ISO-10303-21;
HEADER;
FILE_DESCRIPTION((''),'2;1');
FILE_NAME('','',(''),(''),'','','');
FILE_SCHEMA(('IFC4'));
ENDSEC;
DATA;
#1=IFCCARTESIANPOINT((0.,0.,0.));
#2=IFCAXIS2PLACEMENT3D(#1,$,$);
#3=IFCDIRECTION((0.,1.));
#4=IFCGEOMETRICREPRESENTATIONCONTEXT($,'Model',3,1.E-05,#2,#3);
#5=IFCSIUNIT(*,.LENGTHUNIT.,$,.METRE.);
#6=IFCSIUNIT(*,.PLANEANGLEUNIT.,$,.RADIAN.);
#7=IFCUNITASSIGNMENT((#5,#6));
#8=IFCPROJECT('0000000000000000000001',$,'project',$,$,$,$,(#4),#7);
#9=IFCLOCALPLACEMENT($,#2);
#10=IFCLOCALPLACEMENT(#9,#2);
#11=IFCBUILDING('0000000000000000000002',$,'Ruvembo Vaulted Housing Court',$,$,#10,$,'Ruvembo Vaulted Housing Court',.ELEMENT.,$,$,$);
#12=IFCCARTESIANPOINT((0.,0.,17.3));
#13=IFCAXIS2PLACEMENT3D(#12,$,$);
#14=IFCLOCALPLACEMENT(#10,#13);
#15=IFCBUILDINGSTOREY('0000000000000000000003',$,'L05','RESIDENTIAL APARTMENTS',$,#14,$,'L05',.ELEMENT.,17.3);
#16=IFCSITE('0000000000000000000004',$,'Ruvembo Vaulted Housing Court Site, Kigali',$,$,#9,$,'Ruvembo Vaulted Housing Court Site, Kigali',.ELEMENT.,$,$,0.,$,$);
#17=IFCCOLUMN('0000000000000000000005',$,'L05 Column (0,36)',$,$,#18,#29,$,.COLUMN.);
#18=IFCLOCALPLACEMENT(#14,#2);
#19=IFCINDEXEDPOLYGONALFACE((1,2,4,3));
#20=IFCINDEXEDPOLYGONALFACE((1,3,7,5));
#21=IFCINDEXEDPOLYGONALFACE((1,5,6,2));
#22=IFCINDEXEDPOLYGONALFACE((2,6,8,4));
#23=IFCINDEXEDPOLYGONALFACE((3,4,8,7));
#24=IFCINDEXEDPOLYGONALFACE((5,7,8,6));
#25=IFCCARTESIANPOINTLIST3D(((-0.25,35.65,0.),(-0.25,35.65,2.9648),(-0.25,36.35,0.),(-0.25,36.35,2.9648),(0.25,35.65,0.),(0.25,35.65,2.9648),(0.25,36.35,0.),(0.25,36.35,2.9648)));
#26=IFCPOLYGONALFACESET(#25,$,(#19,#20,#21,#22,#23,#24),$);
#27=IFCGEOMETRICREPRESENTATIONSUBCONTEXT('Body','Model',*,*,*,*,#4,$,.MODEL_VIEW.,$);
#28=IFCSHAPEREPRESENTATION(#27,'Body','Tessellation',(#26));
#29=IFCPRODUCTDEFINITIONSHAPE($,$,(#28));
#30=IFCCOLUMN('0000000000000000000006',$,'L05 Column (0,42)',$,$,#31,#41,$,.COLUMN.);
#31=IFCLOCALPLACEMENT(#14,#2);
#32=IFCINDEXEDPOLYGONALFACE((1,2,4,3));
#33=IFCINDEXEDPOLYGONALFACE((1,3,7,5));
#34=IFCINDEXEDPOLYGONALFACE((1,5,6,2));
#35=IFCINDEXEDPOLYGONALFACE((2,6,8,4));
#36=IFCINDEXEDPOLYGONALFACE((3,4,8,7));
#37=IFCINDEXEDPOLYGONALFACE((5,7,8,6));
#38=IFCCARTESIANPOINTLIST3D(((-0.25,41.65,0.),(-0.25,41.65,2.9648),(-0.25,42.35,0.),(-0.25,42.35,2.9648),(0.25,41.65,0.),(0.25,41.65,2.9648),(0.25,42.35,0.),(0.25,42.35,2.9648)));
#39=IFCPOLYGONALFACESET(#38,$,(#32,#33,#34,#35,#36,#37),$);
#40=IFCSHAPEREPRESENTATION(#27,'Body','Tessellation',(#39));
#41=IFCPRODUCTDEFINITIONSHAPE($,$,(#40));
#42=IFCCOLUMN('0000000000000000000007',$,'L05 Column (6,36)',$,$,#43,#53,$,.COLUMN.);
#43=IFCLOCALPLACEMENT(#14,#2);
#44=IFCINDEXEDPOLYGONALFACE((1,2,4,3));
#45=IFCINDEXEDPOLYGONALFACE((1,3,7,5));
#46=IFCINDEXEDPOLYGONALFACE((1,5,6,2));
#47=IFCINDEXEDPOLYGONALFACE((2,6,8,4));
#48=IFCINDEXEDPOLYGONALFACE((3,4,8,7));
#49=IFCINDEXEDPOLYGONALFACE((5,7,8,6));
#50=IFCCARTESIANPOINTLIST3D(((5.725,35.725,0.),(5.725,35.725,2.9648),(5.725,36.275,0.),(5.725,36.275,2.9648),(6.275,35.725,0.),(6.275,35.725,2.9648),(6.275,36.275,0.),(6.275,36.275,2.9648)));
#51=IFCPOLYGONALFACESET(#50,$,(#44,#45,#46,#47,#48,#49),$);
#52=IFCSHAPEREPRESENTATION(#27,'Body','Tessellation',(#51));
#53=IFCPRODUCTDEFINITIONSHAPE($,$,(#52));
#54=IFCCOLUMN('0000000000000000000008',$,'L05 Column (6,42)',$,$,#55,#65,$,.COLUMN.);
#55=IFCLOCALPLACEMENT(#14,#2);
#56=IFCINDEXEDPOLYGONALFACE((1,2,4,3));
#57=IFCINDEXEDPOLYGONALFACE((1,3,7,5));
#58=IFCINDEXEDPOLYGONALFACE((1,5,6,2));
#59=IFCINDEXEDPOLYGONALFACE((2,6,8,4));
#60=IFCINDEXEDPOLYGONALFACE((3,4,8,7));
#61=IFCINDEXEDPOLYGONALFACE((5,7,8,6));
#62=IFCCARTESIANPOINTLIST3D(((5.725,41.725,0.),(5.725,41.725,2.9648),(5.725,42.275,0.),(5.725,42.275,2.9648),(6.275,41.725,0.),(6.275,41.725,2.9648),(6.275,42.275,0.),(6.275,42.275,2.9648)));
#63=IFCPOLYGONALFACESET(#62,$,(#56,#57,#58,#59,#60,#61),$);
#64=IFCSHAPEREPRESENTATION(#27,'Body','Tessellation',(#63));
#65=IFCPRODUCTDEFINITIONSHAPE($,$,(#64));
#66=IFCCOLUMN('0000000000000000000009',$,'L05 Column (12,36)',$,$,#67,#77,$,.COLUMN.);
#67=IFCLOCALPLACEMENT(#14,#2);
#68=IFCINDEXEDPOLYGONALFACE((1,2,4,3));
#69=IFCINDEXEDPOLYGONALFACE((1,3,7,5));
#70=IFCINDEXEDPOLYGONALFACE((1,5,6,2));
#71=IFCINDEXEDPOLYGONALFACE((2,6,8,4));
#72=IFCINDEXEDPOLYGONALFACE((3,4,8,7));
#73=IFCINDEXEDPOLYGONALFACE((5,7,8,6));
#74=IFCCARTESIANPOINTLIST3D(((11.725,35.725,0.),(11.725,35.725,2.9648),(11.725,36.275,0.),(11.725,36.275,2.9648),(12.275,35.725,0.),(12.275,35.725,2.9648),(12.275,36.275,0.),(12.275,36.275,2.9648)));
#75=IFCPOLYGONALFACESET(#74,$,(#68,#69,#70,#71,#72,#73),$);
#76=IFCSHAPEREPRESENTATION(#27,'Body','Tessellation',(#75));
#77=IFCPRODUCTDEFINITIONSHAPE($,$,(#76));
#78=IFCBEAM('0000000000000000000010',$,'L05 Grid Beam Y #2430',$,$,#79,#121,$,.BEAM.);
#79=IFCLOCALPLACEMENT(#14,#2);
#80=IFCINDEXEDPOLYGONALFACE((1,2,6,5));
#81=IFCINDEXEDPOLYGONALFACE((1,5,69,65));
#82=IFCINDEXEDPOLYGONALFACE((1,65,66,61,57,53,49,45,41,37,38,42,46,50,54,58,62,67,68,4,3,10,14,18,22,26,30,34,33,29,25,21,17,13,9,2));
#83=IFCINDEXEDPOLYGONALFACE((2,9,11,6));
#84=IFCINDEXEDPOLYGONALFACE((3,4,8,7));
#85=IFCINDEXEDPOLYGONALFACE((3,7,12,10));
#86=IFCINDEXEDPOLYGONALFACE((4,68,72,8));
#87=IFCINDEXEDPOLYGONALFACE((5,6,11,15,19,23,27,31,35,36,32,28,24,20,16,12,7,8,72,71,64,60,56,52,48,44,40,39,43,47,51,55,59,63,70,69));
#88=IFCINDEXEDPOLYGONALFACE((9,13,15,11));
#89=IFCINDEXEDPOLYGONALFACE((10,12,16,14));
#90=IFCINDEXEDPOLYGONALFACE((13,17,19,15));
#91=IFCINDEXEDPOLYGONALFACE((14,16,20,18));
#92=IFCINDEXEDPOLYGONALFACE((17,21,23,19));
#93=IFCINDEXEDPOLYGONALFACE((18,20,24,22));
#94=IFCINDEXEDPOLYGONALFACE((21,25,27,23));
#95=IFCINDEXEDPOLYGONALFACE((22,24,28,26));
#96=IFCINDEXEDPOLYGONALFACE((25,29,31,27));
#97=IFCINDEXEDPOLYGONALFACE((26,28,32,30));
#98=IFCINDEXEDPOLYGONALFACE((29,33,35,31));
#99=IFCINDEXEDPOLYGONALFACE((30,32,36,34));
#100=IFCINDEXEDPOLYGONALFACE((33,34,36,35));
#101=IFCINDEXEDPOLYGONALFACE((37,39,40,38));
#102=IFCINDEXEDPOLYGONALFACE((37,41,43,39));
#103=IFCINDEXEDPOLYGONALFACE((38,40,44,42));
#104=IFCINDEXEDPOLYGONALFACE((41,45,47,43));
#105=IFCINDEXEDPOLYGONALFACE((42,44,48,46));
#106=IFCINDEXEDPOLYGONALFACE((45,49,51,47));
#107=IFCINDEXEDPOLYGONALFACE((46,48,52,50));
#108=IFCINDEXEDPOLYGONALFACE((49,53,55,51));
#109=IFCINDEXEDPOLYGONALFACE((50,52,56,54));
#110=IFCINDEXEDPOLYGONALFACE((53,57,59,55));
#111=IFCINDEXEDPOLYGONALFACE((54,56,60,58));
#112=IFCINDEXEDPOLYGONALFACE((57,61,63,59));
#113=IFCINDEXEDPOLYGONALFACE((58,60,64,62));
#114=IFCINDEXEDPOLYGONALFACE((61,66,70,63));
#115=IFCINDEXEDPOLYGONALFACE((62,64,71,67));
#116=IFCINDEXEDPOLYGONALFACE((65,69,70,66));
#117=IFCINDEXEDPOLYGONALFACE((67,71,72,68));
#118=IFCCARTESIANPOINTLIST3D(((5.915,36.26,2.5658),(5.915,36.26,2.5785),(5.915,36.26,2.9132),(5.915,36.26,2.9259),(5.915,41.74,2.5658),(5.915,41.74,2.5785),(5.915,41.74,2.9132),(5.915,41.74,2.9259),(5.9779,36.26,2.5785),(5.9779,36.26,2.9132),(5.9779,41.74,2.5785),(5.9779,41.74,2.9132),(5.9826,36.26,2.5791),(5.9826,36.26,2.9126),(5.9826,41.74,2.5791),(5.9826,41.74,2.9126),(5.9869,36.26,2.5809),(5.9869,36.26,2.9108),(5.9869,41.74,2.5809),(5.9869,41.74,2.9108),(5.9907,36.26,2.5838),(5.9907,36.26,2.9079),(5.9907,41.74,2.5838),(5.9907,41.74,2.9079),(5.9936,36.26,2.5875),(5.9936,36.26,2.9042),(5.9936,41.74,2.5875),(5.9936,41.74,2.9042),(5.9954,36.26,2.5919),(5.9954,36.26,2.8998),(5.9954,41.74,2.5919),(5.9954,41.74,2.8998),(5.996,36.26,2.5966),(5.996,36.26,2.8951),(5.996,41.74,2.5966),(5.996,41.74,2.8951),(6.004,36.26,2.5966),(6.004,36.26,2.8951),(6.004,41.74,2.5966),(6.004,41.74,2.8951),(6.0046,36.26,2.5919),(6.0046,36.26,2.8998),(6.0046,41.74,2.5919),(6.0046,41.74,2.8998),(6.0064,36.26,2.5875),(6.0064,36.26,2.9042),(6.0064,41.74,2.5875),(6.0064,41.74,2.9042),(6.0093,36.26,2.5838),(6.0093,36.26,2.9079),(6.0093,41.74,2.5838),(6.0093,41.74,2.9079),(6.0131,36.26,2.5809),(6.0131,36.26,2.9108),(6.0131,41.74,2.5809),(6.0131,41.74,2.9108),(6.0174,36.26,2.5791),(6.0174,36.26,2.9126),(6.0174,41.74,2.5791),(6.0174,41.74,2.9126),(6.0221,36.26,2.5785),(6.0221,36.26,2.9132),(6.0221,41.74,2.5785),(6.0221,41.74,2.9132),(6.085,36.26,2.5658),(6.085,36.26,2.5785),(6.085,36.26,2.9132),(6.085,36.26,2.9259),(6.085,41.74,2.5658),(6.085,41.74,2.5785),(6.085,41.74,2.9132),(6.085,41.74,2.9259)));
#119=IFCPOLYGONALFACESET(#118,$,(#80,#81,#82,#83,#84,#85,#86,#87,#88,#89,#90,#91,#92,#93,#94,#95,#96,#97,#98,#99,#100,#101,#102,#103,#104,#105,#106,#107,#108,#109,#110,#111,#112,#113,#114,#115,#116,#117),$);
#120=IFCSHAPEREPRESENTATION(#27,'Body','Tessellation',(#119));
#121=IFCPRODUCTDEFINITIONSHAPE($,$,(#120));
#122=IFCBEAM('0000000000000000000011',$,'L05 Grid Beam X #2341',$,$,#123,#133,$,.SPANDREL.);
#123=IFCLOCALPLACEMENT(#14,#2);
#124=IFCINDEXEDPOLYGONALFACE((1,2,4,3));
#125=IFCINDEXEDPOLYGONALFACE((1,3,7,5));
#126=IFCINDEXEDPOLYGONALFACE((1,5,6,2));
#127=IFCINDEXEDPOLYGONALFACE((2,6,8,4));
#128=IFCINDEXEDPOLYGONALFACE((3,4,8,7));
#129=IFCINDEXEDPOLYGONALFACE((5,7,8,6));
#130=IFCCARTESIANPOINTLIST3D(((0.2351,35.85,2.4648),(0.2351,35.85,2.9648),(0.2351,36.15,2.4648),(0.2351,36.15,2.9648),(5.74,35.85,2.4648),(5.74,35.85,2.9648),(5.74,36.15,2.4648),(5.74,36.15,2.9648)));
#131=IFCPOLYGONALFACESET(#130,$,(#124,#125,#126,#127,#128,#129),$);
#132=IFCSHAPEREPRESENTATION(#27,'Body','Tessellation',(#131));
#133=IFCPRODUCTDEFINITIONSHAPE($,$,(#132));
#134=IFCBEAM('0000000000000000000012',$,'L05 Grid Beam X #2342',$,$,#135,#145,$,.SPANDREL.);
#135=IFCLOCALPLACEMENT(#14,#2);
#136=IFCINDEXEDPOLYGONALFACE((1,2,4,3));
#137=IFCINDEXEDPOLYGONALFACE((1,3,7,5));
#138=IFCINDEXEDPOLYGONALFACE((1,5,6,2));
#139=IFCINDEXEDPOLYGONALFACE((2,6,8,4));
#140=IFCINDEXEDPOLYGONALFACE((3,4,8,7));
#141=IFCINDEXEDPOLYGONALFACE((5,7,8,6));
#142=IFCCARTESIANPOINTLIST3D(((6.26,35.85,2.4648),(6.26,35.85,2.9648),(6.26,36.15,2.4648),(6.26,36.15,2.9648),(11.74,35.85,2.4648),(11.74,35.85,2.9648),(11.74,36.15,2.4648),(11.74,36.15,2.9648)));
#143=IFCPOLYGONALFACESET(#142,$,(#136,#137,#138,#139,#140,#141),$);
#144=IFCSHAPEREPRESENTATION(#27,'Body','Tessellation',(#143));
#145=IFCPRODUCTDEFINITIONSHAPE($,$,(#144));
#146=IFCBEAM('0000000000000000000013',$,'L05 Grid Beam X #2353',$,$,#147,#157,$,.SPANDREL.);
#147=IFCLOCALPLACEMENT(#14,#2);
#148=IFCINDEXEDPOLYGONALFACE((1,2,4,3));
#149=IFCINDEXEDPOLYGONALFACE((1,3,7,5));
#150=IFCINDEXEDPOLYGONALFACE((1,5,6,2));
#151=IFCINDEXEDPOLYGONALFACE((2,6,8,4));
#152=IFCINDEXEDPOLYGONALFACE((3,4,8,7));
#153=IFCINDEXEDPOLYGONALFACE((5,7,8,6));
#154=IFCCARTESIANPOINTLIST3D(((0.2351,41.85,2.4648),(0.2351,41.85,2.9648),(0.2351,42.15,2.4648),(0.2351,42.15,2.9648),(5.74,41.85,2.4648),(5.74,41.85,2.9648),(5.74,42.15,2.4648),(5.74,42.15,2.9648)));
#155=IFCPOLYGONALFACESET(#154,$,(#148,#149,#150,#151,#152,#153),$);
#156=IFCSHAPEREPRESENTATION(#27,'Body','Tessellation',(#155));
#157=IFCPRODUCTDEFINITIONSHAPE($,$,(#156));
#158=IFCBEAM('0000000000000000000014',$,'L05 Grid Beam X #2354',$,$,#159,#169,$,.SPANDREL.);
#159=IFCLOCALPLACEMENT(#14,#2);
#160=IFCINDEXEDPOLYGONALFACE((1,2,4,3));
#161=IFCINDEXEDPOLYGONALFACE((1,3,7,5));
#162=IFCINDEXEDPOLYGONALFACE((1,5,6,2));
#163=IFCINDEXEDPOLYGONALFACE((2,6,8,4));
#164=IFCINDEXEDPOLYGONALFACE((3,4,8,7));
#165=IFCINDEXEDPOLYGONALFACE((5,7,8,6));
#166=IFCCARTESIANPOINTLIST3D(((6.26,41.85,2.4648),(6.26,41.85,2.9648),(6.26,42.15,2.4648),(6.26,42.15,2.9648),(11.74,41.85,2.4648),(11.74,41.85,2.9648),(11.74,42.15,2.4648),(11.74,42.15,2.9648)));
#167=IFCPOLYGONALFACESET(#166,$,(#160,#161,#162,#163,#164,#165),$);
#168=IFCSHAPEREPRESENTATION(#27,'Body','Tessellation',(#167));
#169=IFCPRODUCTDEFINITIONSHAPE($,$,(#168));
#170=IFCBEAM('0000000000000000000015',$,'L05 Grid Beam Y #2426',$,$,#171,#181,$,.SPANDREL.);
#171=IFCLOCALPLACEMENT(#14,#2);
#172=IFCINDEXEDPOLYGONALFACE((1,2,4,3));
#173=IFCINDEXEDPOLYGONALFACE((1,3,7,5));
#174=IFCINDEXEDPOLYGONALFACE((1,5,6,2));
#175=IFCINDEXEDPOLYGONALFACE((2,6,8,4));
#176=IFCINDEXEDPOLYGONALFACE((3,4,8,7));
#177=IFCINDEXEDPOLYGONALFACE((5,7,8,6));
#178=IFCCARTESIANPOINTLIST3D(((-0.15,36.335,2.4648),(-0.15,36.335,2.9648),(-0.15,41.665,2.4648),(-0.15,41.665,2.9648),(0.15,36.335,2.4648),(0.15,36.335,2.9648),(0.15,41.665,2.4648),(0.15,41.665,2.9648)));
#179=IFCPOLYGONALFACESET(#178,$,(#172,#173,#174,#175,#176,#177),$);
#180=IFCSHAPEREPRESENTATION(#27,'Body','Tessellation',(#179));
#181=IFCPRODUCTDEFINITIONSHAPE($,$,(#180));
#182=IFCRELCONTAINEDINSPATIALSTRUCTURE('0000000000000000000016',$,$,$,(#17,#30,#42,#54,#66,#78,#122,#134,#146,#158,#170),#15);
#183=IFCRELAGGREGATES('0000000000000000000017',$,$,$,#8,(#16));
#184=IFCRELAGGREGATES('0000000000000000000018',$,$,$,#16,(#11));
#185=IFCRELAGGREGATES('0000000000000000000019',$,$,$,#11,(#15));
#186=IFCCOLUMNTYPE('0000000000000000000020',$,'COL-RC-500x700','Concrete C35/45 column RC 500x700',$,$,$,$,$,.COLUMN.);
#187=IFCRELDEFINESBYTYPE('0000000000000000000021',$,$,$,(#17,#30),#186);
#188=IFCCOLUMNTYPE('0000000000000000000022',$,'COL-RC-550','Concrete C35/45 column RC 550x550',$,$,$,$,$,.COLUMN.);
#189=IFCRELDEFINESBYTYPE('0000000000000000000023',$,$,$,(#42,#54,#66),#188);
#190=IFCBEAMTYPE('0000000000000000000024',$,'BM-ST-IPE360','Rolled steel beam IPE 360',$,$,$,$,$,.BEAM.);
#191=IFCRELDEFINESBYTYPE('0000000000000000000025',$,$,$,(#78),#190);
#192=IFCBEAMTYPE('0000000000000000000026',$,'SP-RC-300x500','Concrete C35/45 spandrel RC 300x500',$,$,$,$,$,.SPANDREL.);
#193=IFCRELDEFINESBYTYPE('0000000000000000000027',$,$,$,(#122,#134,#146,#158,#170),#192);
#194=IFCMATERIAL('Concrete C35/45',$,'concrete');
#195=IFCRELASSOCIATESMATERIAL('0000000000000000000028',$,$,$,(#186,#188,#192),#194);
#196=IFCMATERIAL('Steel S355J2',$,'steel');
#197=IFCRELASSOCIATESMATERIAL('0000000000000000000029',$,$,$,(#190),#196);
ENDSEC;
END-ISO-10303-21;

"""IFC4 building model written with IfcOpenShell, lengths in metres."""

from ifc_helpers import new_model, si_unit, direction, frame, origin, origin_2d, place, context, subcontext, project, spatial, rectangle, i_section, extrude, material, material_profile, profile_set, type_object, element, save


model = new_model("IFC4")

# Units and contexts
model_context = context("Model", 3, precision=1e-05, world=origin(), true_north=direction((0.0, 1.0)))
body_context = subcontext(model_context, "Body", "Model", "MODEL_VIEW")
ifc_project = project(units=[si_unit("LENGTHUNIT", "METRE"), si_unit("PLANEANGLEUNIT", "RADIAN")], contexts=[model_context])

# Site, building, storey
site_placement = place(None, origin())
site = spatial("IfcSite", under=ifc_project, at=site_placement, Name="Ruvembo Vaulted Housing Court Site, Kigali", LongName="Ruvembo Vaulted Housing Court Site, Kigali", CompositionType="ELEMENT", RefElevation=0.0)
building_placement = place(site_placement, origin())
building = spatial("IfcBuilding", under=site, at=building_placement, Name="Ruvembo Vaulted Housing Court", LongName="Ruvembo Vaulted Housing Court", CompositionType="ELEMENT")
storey_placement = place(building_placement, frame((0.0, 0.0, 17.3)))
storey = spatial("IfcBuildingStorey", under=building, at=storey_placement, Name="L05", Description="RESIDENTIAL APARTMENTS", LongName="L05", CompositionType="ELEMENT", Elevation=17.3)

# Columns
ifc_material_1 = material(Name="Concrete C35/45", Category="concrete")
ifc_material_profile_1 = material_profile(ifc_material_1, rectangle(XDim=0.5, YDim=0.7, at=origin_2d()), Name="RC 500x700")
ifc_profile_set_1 = profile_set([ifc_material_profile_1], Name="Concrete C35/45")
column_type_1 = type_object("IfcColumnType", Name="COL-RC-500x700", Description="Concrete C35/45 column RC 500x700", PredefinedType="COLUMN", material=ifc_profile_set_1)
for number, where, z_axis, x_axis, name in (
    (1, (0.0, 36.0, 0.0), (0.0, 0.0, 1.0), (1.0, 0.0, 0.0), "L05 Column (0,36)"),
    (2, (0.0, 42.0, 0.0), (0.0, 0.0, 1.0), (1.0, 0.0, 0.0), "L05 Column (0,42)"),
):
    element("IfcColumn", number, at=place(storey_placement, frame(where, z_axis=z_axis, x_axis=x_axis)), inside=storey, type_object=column_type_1, Name=name, PredefinedType="COLUMN", context=body_context, shape_type="SweptSolid", body=[
        extrude(rectangle(XDim=0.5, YDim=0.7, at=origin_2d()), origin(), (0.0, 0.0, 1.0), 2.9648),
    ])
ifc_material_profile_2 = material_profile(ifc_material_1, rectangle(XDim=0.55, YDim=0.55, at=origin_2d()), Name="RC 550x550")
ifc_profile_set_2 = profile_set([ifc_material_profile_2], Name="Concrete C35/45")
column_type_2 = type_object("IfcColumnType", Name="COL-RC-550", Description="Concrete C35/45 column RC 550x550", PredefinedType="COLUMN", material=ifc_profile_set_2)
for number, where, z_axis, x_axis, name in (
    (3, (6.0, 36.0, 0.0), (0.0, 0.0, 1.0), (1.0, 0.0, 0.0), "L05 Column (6,36)"),
    (4, (6.0, 42.0, 0.0), (0.0, 0.0, 1.0), (1.0, 0.0, 0.0), "L05 Column (6,42)"),
    (5, (12.0, 36.0, 0.0), (0.0, 0.0, 1.0), (1.0, 0.0, 0.0), "L05 Column (12,36)"),
):
    element("IfcColumn", number, at=place(storey_placement, frame(where, z_axis=z_axis, x_axis=x_axis)), inside=storey, type_object=column_type_2, Name=name, PredefinedType="COLUMN", context=body_context, shape_type="SweptSolid", body=[
        extrude(rectangle(XDim=0.55, YDim=0.55, at=origin_2d()), origin(), (0.0, 0.0, 1.0), 2.9648),
    ])

# Beams
ifc_material_2 = material(Name="Steel S355J2", Category="steel")
ifc_material_profile_3 = material_profile(ifc_material_2, i_section(OverallWidth=0.1699, OverallDepth=0.3601, WebThickness=0.0081, FlangeThickness=0.0127, FilletRadius=0.0181, at=origin_2d()), Name="IPE 360")
ifc_profile_set_3 = profile_set([ifc_material_profile_3], Name="Steel S355J2")
beam_type_1 = type_object("IfcBeamType", Name="BM-ST-IPE360", Description="Rolled steel beam IPE 360", PredefinedType="BEAM", material=ifc_profile_set_3)
beam_1_placement = place(storey_placement, frame((6.0, 36.26, 2.7458), z_axis=(0.0, 1.0, 0.0), x_axis=(-1.0, 0.0, 0.0)))
element("IfcBeam", 6, at=beam_1_placement, inside=storey, type_object=beam_type_1, Name="L05 Grid Beam Y #2430", PredefinedType="BEAM", context=body_context, shape_type="SweptSolid", body=[
    extrude(i_section(OverallWidth=0.1699, OverallDepth=0.3601, WebThickness=0.0081, FlangeThickness=0.0127, FilletRadius=0.0181, at=origin_2d()), origin(), (0.0, 0.0, 1.0), 5.48),
])
ifc_material_profile_4 = material_profile(ifc_material_1, rectangle(XDim=0.3, YDim=0.5, at=origin_2d()), Name="RC 300x500")
ifc_profile_set_4 = profile_set([ifc_material_profile_4], Name="Concrete C35/45")
beam_type_2 = type_object("IfcBeamType", Name="SP-RC-300x500", Description="Concrete C35/45 spandrel RC 300x500", PredefinedType="SPANDREL", material=ifc_profile_set_4)
beam_2_placement = place(storey_placement, frame((0.2351, 36.0, 2.7148), z_axis=(1.0, 0.0, 0.0), x_axis=(0.0, 1.0, 0.0)))
element("IfcBeam", 7, at=beam_2_placement, inside=storey, type_object=beam_type_2, Name="L05 Grid Beam X #2341", PredefinedType="SPANDREL", context=body_context, shape_type="SweptSolid", body=[
    extrude(rectangle(XDim=0.3, YDim=0.5, at=origin_2d()), origin(), (0.0, 0.0, 1.0), 5.5049),
])
beam_3_placement = place(storey_placement, frame((6.26, 36.0, 2.7148), z_axis=(1.0, 0.0, 0.0), x_axis=(0.0, 1.0, 0.0)))
element("IfcBeam", 8, at=beam_3_placement, inside=storey, type_object=beam_type_2, Name="L05 Grid Beam X #2342", PredefinedType="SPANDREL", context=body_context, shape_type="SweptSolid", body=[
    extrude(rectangle(XDim=0.3, YDim=0.5, at=origin_2d()), origin(), (0.0, 0.0, 1.0), 5.48),
])
beam_4_placement = place(storey_placement, frame((0.2351, 42.0, 2.7148), z_axis=(1.0, 0.0, 0.0), x_axis=(0.0, 1.0, 0.0)))
element("IfcBeam", 9, at=beam_4_placement, inside=storey, type_object=beam_type_2, Name="L05 Grid Beam X #2353", PredefinedType="SPANDREL", context=body_context, shape_type="SweptSolid", body=[
    extrude(rectangle(XDim=0.3, YDim=0.5, at=origin_2d()), origin(), (0.0, 0.0, 1.0), 5.5049),
])
beam_5_placement = place(storey_placement, frame((6.26, 42.0, 2.7148), z_axis=(1.0, 0.0, 0.0), x_axis=(0.0, 1.0, 0.0)))
element("IfcBeam", 10, at=beam_5_placement, inside=storey, type_object=beam_type_2, Name="L05 Grid Beam X #2354", PredefinedType="SPANDREL", context=body_context, shape_type="SweptSolid", body=[
    extrude(rectangle(XDim=0.3, YDim=0.5, at=origin_2d()), origin(), (0.0, 0.0, 1.0), 5.48),
])
beam_6_placement = place(storey_placement, frame((0.0, 36.335, 2.7148), z_axis=(0.0, 1.0, 0.0), x_axis=(-1.0, 0.0, 0.0)))
element("IfcBeam", 11, at=beam_6_placement, inside=storey, type_object=beam_type_2, Name="L05 Grid Beam Y #2426", PredefinedType="SPANDREL", context=body_context, shape_type="SweptSolid", body=[
    extrude(rectangle(XDim=0.3, YDim=0.5, at=origin_2d()), origin(), (0.0, 0.0, 1.0), 5.3301),
])

save(model, "model.ifc")
